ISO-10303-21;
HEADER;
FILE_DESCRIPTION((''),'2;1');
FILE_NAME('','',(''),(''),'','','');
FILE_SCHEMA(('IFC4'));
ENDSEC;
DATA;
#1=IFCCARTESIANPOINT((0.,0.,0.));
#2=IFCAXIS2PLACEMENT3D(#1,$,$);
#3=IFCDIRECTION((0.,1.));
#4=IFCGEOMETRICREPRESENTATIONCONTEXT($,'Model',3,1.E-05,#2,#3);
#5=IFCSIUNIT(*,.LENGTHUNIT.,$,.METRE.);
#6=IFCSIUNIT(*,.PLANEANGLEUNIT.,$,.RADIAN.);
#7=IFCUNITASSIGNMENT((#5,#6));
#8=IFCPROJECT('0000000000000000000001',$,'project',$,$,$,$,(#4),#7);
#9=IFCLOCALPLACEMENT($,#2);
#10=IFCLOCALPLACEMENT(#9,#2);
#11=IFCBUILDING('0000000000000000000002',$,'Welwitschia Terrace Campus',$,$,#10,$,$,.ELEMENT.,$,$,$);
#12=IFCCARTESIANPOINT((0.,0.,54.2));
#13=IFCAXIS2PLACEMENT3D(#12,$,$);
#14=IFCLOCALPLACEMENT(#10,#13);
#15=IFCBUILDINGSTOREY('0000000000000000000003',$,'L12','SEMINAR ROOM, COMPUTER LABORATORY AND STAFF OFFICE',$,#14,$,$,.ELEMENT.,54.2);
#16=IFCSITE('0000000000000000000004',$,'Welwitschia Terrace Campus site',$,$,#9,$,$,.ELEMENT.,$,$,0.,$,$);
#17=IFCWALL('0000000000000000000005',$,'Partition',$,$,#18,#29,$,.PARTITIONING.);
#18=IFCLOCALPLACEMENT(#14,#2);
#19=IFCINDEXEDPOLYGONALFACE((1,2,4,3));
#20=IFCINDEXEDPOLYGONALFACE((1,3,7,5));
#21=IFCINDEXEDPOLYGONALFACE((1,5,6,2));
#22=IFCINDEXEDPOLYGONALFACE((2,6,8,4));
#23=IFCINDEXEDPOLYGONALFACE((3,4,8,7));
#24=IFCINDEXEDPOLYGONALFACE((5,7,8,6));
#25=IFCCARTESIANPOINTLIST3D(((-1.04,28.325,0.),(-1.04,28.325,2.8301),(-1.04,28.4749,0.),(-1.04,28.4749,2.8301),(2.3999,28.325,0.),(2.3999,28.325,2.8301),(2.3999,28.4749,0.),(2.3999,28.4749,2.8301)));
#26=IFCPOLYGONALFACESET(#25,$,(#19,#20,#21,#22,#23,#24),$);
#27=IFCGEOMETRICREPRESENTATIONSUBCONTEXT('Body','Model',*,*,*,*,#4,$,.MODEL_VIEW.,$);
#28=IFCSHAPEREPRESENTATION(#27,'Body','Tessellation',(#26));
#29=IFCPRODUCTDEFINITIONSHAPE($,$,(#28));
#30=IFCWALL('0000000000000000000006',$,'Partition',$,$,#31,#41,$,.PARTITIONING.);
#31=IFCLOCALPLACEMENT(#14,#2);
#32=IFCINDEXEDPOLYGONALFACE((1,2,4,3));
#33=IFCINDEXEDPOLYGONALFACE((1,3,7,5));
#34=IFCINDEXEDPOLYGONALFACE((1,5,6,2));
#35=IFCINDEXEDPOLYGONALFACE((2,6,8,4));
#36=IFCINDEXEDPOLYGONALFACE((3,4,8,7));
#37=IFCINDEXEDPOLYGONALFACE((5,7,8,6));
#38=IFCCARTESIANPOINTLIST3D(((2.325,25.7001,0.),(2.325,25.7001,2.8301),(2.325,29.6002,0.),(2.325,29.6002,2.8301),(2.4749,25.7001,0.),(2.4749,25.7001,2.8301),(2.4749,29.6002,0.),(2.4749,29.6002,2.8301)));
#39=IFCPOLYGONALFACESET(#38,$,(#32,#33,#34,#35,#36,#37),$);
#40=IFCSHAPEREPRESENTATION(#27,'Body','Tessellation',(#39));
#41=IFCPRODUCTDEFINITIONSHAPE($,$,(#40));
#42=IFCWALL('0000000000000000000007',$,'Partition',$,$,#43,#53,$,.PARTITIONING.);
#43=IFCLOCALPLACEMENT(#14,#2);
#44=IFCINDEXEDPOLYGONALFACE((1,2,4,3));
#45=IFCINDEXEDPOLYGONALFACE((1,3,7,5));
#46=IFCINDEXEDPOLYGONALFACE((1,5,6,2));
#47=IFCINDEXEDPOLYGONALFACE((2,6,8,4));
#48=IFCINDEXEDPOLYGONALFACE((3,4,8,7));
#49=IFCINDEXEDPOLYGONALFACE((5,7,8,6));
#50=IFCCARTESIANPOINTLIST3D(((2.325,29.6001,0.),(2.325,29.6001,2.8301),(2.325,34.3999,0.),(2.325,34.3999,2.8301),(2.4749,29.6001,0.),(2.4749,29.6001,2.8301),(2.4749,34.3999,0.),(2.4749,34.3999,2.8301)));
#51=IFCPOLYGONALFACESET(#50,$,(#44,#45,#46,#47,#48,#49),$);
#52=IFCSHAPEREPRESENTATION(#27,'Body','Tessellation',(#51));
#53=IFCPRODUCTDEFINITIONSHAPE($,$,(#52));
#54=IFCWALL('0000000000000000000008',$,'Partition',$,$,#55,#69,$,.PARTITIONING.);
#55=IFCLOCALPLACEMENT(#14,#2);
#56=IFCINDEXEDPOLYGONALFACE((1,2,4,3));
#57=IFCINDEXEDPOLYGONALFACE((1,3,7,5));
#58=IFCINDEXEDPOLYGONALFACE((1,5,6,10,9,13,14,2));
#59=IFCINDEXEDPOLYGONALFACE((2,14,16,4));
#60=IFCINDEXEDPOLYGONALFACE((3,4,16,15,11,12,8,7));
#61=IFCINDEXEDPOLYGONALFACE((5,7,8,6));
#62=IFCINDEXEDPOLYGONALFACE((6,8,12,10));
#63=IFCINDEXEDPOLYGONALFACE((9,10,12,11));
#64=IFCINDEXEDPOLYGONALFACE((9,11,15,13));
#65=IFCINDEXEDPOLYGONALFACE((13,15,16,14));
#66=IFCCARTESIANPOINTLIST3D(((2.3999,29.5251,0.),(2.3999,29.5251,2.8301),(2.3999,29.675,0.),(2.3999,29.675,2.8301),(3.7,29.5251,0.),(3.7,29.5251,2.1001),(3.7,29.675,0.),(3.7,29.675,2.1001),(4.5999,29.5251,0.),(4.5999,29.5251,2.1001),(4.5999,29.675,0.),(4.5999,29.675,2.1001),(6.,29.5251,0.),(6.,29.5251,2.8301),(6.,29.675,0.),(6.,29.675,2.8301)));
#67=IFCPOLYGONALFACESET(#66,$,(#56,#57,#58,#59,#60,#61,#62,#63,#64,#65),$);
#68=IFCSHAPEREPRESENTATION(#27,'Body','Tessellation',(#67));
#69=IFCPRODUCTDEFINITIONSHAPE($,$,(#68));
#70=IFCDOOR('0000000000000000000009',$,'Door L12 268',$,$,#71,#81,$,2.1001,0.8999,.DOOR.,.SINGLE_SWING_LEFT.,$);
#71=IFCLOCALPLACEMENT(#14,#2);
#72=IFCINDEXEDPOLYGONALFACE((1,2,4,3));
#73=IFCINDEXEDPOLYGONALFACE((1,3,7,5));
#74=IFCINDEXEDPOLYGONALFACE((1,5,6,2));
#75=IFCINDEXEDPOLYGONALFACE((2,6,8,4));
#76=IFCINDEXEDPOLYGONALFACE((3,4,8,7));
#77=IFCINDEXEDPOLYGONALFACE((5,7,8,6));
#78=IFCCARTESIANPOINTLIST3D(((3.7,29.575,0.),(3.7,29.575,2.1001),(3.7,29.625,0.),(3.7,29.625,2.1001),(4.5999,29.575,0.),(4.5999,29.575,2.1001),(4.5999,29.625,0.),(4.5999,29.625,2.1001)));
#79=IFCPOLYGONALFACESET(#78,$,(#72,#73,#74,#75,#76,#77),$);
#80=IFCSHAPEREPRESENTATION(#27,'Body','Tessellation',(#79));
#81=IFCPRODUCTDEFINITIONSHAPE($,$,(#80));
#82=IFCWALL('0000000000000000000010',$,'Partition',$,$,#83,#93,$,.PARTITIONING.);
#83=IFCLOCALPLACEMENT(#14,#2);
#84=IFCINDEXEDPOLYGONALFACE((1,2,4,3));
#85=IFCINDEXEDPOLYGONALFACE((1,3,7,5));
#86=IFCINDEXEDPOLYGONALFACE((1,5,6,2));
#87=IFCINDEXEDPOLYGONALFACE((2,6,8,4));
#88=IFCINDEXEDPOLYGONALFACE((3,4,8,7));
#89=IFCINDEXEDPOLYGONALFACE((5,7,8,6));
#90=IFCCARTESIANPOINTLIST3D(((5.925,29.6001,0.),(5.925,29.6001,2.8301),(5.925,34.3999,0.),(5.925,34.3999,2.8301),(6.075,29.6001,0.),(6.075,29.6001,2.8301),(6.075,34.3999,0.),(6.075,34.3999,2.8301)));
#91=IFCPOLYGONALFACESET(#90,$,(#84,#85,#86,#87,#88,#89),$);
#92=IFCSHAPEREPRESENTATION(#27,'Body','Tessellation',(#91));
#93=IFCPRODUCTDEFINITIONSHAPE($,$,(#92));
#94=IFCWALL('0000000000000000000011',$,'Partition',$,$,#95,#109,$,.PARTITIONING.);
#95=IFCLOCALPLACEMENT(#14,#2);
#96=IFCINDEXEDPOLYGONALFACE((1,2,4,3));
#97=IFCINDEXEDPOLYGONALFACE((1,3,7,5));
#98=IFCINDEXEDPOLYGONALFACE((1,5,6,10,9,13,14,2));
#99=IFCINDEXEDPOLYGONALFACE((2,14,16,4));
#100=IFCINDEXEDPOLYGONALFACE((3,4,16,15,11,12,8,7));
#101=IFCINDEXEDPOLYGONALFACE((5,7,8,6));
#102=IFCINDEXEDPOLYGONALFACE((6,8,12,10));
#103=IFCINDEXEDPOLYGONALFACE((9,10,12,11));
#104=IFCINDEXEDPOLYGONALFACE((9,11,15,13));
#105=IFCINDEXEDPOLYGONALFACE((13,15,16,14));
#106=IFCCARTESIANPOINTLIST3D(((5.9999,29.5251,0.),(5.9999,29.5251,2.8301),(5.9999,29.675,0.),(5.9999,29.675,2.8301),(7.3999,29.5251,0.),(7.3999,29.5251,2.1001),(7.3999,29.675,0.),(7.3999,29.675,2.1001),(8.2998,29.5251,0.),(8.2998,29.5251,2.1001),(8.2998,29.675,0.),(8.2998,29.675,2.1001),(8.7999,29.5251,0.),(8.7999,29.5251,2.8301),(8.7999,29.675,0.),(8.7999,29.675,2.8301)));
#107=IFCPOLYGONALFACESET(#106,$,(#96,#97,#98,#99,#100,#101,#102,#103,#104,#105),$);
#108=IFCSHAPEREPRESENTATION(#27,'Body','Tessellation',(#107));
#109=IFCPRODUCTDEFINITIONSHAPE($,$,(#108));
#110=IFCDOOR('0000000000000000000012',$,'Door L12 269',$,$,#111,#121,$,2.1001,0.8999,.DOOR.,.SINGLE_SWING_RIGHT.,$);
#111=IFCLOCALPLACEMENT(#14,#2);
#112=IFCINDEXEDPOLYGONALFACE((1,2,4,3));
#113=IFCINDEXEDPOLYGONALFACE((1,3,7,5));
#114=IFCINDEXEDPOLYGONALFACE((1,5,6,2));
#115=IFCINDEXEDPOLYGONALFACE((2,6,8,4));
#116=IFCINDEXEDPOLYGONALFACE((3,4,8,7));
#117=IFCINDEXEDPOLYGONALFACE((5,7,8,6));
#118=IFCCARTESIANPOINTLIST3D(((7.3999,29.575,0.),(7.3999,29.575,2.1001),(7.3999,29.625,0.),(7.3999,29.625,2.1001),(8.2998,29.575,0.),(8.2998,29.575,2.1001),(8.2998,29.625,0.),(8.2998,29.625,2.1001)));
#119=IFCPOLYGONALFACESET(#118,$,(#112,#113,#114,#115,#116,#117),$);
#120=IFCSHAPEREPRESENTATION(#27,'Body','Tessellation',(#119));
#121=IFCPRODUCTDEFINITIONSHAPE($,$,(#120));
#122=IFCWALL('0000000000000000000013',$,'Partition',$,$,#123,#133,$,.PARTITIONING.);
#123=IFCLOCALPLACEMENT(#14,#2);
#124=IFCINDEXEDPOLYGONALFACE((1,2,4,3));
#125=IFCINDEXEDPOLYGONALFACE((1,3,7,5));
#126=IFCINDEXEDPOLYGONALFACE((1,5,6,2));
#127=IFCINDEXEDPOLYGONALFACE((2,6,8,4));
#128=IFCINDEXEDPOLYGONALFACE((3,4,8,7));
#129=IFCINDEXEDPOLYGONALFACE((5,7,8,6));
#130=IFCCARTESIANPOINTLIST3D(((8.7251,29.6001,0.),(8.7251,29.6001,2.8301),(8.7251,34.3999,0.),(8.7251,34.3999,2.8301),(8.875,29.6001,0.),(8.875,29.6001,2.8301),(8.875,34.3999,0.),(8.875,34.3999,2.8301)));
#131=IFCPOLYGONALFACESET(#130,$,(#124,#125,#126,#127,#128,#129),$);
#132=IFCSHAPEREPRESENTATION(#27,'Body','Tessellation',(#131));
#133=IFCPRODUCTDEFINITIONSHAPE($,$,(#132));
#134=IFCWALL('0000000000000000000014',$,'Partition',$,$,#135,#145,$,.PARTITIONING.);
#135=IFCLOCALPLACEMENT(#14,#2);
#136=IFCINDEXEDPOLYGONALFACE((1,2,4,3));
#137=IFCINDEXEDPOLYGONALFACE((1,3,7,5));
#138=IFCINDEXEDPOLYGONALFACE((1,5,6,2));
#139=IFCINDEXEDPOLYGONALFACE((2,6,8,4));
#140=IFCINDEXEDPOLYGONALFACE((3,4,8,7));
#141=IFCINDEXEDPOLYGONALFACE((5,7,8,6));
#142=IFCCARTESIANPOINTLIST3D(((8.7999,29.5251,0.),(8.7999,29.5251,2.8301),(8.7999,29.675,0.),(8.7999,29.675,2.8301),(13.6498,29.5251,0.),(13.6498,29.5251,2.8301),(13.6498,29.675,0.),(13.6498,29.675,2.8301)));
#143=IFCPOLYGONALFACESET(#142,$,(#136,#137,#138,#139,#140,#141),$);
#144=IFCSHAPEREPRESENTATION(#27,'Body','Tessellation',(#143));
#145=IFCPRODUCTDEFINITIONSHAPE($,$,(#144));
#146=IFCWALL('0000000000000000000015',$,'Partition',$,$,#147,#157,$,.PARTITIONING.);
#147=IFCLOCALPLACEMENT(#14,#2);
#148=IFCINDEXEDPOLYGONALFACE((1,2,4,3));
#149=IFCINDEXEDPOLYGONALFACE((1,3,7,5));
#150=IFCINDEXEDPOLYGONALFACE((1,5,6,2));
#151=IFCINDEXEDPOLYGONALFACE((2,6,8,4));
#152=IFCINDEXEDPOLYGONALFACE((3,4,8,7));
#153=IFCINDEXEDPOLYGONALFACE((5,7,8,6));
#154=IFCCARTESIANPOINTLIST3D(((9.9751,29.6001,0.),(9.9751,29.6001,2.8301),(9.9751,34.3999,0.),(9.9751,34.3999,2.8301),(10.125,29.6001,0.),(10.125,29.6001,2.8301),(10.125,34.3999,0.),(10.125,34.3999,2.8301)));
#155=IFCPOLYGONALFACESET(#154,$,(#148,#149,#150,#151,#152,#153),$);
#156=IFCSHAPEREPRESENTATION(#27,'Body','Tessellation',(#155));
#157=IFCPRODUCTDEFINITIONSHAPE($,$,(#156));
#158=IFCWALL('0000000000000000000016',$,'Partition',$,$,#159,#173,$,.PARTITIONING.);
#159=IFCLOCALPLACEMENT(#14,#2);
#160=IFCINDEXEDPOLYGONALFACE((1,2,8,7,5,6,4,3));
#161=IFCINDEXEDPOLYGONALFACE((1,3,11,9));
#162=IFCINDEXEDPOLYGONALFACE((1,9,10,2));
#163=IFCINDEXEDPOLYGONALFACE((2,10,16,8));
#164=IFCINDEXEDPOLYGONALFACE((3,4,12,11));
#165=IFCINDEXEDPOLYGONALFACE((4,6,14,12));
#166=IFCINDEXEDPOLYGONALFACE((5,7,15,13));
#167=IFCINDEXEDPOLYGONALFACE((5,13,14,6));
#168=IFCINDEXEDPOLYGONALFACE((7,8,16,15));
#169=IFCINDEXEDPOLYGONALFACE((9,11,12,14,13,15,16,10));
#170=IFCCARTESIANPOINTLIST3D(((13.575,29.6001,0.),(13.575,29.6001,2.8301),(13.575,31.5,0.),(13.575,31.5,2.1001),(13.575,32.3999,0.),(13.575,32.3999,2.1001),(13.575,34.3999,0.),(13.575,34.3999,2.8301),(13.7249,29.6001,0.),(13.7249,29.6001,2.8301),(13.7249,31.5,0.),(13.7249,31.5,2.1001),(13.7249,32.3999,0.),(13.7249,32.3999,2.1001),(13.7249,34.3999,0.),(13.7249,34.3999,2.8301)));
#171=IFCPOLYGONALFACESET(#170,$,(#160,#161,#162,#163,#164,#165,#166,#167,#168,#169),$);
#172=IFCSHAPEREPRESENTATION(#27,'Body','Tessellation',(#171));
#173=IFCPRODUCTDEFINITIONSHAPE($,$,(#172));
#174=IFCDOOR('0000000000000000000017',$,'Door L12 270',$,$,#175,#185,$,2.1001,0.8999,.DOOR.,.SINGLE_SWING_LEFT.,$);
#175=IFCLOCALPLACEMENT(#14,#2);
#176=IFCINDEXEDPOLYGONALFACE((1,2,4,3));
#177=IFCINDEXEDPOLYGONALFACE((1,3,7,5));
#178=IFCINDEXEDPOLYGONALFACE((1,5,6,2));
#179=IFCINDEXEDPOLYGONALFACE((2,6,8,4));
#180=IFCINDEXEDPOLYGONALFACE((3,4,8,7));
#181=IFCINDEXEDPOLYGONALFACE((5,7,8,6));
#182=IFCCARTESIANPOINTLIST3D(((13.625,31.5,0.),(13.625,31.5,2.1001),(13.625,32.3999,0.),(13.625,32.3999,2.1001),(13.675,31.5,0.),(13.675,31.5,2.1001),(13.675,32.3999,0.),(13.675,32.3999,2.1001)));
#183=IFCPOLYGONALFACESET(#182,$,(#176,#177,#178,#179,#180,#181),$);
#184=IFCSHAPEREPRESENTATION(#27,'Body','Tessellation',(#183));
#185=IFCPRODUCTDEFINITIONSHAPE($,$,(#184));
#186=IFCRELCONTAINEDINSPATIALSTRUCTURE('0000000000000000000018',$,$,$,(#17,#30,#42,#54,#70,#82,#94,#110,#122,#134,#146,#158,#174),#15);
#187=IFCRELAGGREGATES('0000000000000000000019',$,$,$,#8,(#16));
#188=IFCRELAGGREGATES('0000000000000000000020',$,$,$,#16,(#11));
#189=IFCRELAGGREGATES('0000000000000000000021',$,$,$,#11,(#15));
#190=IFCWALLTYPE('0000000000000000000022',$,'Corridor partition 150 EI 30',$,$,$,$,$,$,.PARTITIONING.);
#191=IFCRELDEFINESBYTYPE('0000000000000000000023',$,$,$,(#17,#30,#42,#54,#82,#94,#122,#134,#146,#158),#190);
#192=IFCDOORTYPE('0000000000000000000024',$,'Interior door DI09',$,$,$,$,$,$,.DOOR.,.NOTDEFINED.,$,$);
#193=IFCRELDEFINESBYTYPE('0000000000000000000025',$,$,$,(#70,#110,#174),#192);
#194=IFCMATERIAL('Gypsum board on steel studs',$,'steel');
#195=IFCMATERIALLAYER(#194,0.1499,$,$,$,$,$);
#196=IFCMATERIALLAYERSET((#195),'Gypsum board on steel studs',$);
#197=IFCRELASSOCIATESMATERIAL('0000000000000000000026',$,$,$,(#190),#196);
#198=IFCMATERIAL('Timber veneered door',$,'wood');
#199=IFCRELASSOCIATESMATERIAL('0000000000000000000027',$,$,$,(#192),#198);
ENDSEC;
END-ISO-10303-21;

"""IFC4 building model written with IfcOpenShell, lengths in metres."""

from ifc_helpers import new_model, si_unit, direction, frame, frame_2d, origin, place, context, subcontext, project, spatial, rectangle, extrude, material, layer, layer_set, type_object, element, fill, save


model = new_model("IFC4")

# Units and contexts
model_context = context("Model", 3, precision=1e-05, world=origin(), true_north=direction((0.0, 1.0)))
body_context = subcontext(model_context, "Body", "Model", "MODEL_VIEW")
ifc_project = project(units=[si_unit("LENGTHUNIT", "METRE"), si_unit("PLANEANGLEUNIT", "RADIAN")], contexts=[model_context])

# Site, building, storey
site_placement = place(None, origin())
site = spatial("IfcSite", under=ifc_project, at=site_placement, Name="Welwitschia Terrace Campus site", CompositionType="ELEMENT", RefElevation=0.0)
building_placement = place(site_placement, origin())
building = spatial("IfcBuilding", under=site, at=building_placement, Name="Welwitschia Terrace Campus", CompositionType="ELEMENT")
storey_placement = place(building_placement, frame((0.0, 0.0, 54.2)))
storey = spatial("IfcBuildingStorey", under=building, at=storey_placement, Name="L12", Description="SEMINAR ROOM, COMPUTER LABORATORY AND STAFF OFFICE", CompositionType="ELEMENT", Elevation=54.2)

# Walls
ifc_material_1 = material(Name="Gypsum board on steel studs", Category="steel")
ifc_layer_1 = layer(ifc_material_1, 0.1499)
ifc_layer_set_1 = layer_set([ifc_layer_1], Name="Gypsum board on steel studs")
wall_type_1 = type_object("IfcWallType", Name="Corridor partition 150 EI 30", PredefinedType="PARTITIONING", material=ifc_layer_set_1)
wall_1_placement = place(storey_placement, frame((-1.04, 28.3999, 0.0), z_axis=(0.0, 0.0, 1.0), x_axis=(1.0, 0.0, 0.0)))
element("IfcWall", 1, at=wall_1_placement, inside=storey, type_object=wall_type_1, Name="Partition", PredefinedType="PARTITIONING", context=body_context, shape_type="SweptSolid", body=[
    extrude(rectangle(XDim=3.4399, YDim=0.1499, at=frame_2d((1.72, 0.0))), origin(), (0.0, 0.0, 1.0), 2.8301),
])
wall_2_placement = place(storey_placement, frame((2.3999, 25.7, 0.0), z_axis=(0.0, 0.0, 1.0), x_axis=(0.0, 1.0, 0.0)))
element("IfcWall", 2, at=wall_2_placement, inside=storey, type_object=wall_type_1, Name="Partition", PredefinedType="PARTITIONING", context=body_context, shape_type="SweptSolid", body=[
    extrude(rectangle(XDim=3.9001, YDim=0.1499, at=frame_2d((1.9502, 0.0))), origin(), (0.0, 0.0, 1.0), 2.8301),
])
wall_3_placement = place(storey_placement, frame((2.3999, 29.6001, 0.0), z_axis=(0.0, 0.0, 1.0), x_axis=(0.0, 1.0, 0.0)))
element("IfcWall", 3, at=wall_3_placement, inside=storey, type_object=wall_type_1, Name="Partition", PredefinedType="PARTITIONING", context=body_context, shape_type="SweptSolid", body=[
    extrude(rectangle(XDim=4.7998, YDim=0.1499, at=frame_2d((2.3999, 0.0))), origin(), (0.0, 0.0, 1.0), 2.8301),
])

# Wall, opening, door
wall_4_placement = place(storey_placement, frame((2.3999, 29.6001, 0.0), z_axis=(0.0, 0.0, 1.0), x_axis=(1.0, 0.0, 0.0)))
wall_4 = element("IfcWall", 4, at=wall_4_placement, inside=storey, type_object=wall_type_1, Name="Partition", PredefinedType="PARTITIONING", context=body_context, shape_type="SweptSolid", body=[
    extrude(rectangle(XDim=3.6001, YDim=0.1499, at=frame_2d((1.8, 0.0))), origin(), (0.0, 0.0, 1.0), 2.8301),
])
opening_1_placement = place(wall_4_placement, frame((1.3, 0.0, 0.0)))
opening_1 = element("IfcOpeningElement", 5, at=opening_1_placement, cuts=wall_4, PredefinedType="OPENING", context=body_context, shape_type="SweptSolid", body=[
    extrude(rectangle(XDim=0.8999, YDim=2.1001, at=frame_2d((0.45, 1.05))), frame((0.0, 0.085, 0.0), z_axis=(0.0, -1.0, 0.0), x_axis=(1.0, 0.0, 0.0)), (0.0, 0.0, 1.0), 0.1699),
])
ifc_material_2 = material(Name="Timber veneered door", Category="wood")
door_type = type_object("IfcDoorType", Name="Interior door DI09", OperationType="NOTDEFINED", PredefinedType="DOOR", material=ifc_material_2)
door_1_placement = place(opening_1_placement, origin())
door_1 = element("IfcDoor", 6, at=door_1_placement, inside=storey, type_object=door_type, Name="Door L12 268", OperationType="SINGLE_SWING_LEFT", OverallHeight=2.1001, OverallWidth=0.8999, PredefinedType="DOOR", context=body_context, shape_type="SweptSolid", body=[
    extrude(rectangle(XDim=0.8999, YDim=2.1001, at=frame_2d((0.45, 1.05))), frame((0.0, 0.0249, 0.0), z_axis=(0.0, -1.0, 0.0), x_axis=(1.0, 0.0, 0.0)), (0.0, 0.0, 1.0), 0.05),
])
fill(opening_1, door_1)

# Wall
wall_5_placement = place(storey_placement, frame((6.0, 29.6001, 0.0), z_axis=(0.0, 0.0, 1.0), x_axis=(0.0, 1.0, 0.0)))
element("IfcWall", 7, at=wall_5_placement, inside=storey, type_object=wall_type_1, Name="Partition", PredefinedType="PARTITIONING", context=body_context, shape_type="SweptSolid", body=[
    extrude(rectangle(XDim=4.7998, YDim=0.1499, at=frame_2d((2.3999, 0.0))), origin(), (0.0, 0.0, 1.0), 2.8301),
])

# Wall, opening, door
wall_6_placement = place(storey_placement, frame((6.0, 29.6001, 0.0), z_axis=(0.0, 0.0, 1.0), x_axis=(1.0, 0.0, 0.0)))
wall_6 = element("IfcWall", 8, at=wall_6_placement, inside=storey, type_object=wall_type_1, Name="Partition", PredefinedType="PARTITIONING", context=body_context, shape_type="SweptSolid", body=[
    extrude(rectangle(XDim=2.8, YDim=0.1499, at=frame_2d((1.3999, 0.0))), origin(), (0.0, 0.0, 1.0), 2.8301),
])
opening_2_placement = place(wall_6_placement, frame((1.3999, 0.0, 0.0)))
opening_2 = element("IfcOpeningElement", 9, at=opening_2_placement, cuts=wall_6, PredefinedType="OPENING", context=body_context, shape_type="SweptSolid", body=[
    extrude(rectangle(XDim=0.8999, YDim=2.1001, at=frame_2d((0.45, 1.05))), frame((0.0, 0.085, 0.0), z_axis=(0.0, -1.0, 0.0), x_axis=(1.0, 0.0, 0.0)), (0.0, 0.0, 1.0), 0.1699),
])
door_2_placement = place(opening_2_placement, origin())
door_2 = element("IfcDoor", 10, at=door_2_placement, inside=storey, type_object=door_type, Name="Door L12 269", OperationType="SINGLE_SWING_RIGHT", OverallHeight=2.1001, OverallWidth=0.8999, PredefinedType="DOOR", context=body_context, shape_type="SweptSolid", body=[
    extrude(rectangle(XDim=0.8999, YDim=2.1001, at=frame_2d((0.45, 1.05))), frame((0.0, 0.0249, 0.0), z_axis=(0.0, -1.0, 0.0), x_axis=(1.0, 0.0, 0.0)), (0.0, 0.0, 1.0), 0.05),
])
fill(opening_2, door_2)

# Walls
wall_7_placement = place(storey_placement, frame((8.8, 29.6001, 0.0), z_axis=(0.0, 0.0, 1.0), x_axis=(0.0, 1.0, 0.0)))
element("IfcWall", 11, at=wall_7_placement, inside=storey, type_object=wall_type_1, Name="Partition", PredefinedType="PARTITIONING", context=body_context, shape_type="SweptSolid", body=[
    extrude(rectangle(XDim=4.7998, YDim=0.1499, at=frame_2d((2.3999, 0.0))), origin(), (0.0, 0.0, 1.0), 2.8301),
])
wall_8_placement = place(storey_placement, frame((8.8, 29.6001, 0.0), z_axis=(0.0, 0.0, 1.0), x_axis=(1.0, 0.0, 0.0)))
element("IfcWall", 12, at=wall_8_placement, inside=storey, type_object=wall_type_1, Name="Partition", PredefinedType="PARTITIONING", context=body_context, shape_type="SweptSolid", body=[
    extrude(rectangle(XDim=4.8499, YDim=0.1499, at=frame_2d((2.4248, 0.0))), origin(), (0.0, 0.0, 1.0), 2.8301),
])
wall_9_placement = place(storey_placement, frame((10.05, 29.6001, 0.0), z_axis=(0.0, 0.0, 1.0), x_axis=(0.0, 1.0, 0.0)))
element("IfcWall", 13, at=wall_9_placement, inside=storey, type_object=wall_type_1, Name="Partition", PredefinedType="PARTITIONING", context=body_context, shape_type="SweptSolid", body=[
    extrude(rectangle(XDim=4.7998, YDim=0.1499, at=frame_2d((2.3999, 0.0))), origin(), (0.0, 0.0, 1.0), 2.8301),
])

# Wall, opening, door
wall_10_placement = place(storey_placement, frame((13.6499, 29.6001, 0.0), z_axis=(0.0, 0.0, 1.0), x_axis=(0.0, 1.0, 0.0)))
wall_10 = element("IfcWall", 14, at=wall_10_placement, inside=storey, type_object=wall_type_1, Name="Partition", PredefinedType="PARTITIONING", context=body_context, shape_type="SweptSolid", body=[
    extrude(rectangle(XDim=4.7998, YDim=0.1499, at=frame_2d((2.3999, 0.0))), origin(), (0.0, 0.0, 1.0), 2.8301),
])
opening_3_placement = place(wall_10_placement, frame((1.8999, 0.0, 0.0)))
opening_3 = element("IfcOpeningElement", 15, at=opening_3_placement, cuts=wall_10, PredefinedType="OPENING", context=body_context, shape_type="SweptSolid", body=[
    extrude(rectangle(XDim=0.8999, YDim=2.1001, at=frame_2d((0.45, 1.05))), frame((0.0, 0.085, 0.0), z_axis=(0.0, -1.0, 0.0), x_axis=(1.0, 0.0, 0.0)), (0.0, 0.0, 1.0), 0.1699),
])
door_3_placement = place(opening_3_placement, origin())
door_3 = element("IfcDoor", 16, at=door_3_placement, inside=storey, type_object=door_type, Name="Door L12 270", OperationType="SINGLE_SWING_LEFT", OverallHeight=2.1001, OverallWidth=0.8999, PredefinedType="DOOR", context=body_context, shape_type="SweptSolid", body=[
    extrude(rectangle(XDim=0.8999, YDim=2.1001, at=frame_2d((0.45, 1.05))), frame((0.0, 0.0249, 0.0), z_axis=(0.0, -1.0, 0.0), x_axis=(1.0, 0.0, 0.0)), (0.0, 0.0, 1.0), 0.05),
])
fill(opening_3, door_3)

save(model, "model.ifc")
